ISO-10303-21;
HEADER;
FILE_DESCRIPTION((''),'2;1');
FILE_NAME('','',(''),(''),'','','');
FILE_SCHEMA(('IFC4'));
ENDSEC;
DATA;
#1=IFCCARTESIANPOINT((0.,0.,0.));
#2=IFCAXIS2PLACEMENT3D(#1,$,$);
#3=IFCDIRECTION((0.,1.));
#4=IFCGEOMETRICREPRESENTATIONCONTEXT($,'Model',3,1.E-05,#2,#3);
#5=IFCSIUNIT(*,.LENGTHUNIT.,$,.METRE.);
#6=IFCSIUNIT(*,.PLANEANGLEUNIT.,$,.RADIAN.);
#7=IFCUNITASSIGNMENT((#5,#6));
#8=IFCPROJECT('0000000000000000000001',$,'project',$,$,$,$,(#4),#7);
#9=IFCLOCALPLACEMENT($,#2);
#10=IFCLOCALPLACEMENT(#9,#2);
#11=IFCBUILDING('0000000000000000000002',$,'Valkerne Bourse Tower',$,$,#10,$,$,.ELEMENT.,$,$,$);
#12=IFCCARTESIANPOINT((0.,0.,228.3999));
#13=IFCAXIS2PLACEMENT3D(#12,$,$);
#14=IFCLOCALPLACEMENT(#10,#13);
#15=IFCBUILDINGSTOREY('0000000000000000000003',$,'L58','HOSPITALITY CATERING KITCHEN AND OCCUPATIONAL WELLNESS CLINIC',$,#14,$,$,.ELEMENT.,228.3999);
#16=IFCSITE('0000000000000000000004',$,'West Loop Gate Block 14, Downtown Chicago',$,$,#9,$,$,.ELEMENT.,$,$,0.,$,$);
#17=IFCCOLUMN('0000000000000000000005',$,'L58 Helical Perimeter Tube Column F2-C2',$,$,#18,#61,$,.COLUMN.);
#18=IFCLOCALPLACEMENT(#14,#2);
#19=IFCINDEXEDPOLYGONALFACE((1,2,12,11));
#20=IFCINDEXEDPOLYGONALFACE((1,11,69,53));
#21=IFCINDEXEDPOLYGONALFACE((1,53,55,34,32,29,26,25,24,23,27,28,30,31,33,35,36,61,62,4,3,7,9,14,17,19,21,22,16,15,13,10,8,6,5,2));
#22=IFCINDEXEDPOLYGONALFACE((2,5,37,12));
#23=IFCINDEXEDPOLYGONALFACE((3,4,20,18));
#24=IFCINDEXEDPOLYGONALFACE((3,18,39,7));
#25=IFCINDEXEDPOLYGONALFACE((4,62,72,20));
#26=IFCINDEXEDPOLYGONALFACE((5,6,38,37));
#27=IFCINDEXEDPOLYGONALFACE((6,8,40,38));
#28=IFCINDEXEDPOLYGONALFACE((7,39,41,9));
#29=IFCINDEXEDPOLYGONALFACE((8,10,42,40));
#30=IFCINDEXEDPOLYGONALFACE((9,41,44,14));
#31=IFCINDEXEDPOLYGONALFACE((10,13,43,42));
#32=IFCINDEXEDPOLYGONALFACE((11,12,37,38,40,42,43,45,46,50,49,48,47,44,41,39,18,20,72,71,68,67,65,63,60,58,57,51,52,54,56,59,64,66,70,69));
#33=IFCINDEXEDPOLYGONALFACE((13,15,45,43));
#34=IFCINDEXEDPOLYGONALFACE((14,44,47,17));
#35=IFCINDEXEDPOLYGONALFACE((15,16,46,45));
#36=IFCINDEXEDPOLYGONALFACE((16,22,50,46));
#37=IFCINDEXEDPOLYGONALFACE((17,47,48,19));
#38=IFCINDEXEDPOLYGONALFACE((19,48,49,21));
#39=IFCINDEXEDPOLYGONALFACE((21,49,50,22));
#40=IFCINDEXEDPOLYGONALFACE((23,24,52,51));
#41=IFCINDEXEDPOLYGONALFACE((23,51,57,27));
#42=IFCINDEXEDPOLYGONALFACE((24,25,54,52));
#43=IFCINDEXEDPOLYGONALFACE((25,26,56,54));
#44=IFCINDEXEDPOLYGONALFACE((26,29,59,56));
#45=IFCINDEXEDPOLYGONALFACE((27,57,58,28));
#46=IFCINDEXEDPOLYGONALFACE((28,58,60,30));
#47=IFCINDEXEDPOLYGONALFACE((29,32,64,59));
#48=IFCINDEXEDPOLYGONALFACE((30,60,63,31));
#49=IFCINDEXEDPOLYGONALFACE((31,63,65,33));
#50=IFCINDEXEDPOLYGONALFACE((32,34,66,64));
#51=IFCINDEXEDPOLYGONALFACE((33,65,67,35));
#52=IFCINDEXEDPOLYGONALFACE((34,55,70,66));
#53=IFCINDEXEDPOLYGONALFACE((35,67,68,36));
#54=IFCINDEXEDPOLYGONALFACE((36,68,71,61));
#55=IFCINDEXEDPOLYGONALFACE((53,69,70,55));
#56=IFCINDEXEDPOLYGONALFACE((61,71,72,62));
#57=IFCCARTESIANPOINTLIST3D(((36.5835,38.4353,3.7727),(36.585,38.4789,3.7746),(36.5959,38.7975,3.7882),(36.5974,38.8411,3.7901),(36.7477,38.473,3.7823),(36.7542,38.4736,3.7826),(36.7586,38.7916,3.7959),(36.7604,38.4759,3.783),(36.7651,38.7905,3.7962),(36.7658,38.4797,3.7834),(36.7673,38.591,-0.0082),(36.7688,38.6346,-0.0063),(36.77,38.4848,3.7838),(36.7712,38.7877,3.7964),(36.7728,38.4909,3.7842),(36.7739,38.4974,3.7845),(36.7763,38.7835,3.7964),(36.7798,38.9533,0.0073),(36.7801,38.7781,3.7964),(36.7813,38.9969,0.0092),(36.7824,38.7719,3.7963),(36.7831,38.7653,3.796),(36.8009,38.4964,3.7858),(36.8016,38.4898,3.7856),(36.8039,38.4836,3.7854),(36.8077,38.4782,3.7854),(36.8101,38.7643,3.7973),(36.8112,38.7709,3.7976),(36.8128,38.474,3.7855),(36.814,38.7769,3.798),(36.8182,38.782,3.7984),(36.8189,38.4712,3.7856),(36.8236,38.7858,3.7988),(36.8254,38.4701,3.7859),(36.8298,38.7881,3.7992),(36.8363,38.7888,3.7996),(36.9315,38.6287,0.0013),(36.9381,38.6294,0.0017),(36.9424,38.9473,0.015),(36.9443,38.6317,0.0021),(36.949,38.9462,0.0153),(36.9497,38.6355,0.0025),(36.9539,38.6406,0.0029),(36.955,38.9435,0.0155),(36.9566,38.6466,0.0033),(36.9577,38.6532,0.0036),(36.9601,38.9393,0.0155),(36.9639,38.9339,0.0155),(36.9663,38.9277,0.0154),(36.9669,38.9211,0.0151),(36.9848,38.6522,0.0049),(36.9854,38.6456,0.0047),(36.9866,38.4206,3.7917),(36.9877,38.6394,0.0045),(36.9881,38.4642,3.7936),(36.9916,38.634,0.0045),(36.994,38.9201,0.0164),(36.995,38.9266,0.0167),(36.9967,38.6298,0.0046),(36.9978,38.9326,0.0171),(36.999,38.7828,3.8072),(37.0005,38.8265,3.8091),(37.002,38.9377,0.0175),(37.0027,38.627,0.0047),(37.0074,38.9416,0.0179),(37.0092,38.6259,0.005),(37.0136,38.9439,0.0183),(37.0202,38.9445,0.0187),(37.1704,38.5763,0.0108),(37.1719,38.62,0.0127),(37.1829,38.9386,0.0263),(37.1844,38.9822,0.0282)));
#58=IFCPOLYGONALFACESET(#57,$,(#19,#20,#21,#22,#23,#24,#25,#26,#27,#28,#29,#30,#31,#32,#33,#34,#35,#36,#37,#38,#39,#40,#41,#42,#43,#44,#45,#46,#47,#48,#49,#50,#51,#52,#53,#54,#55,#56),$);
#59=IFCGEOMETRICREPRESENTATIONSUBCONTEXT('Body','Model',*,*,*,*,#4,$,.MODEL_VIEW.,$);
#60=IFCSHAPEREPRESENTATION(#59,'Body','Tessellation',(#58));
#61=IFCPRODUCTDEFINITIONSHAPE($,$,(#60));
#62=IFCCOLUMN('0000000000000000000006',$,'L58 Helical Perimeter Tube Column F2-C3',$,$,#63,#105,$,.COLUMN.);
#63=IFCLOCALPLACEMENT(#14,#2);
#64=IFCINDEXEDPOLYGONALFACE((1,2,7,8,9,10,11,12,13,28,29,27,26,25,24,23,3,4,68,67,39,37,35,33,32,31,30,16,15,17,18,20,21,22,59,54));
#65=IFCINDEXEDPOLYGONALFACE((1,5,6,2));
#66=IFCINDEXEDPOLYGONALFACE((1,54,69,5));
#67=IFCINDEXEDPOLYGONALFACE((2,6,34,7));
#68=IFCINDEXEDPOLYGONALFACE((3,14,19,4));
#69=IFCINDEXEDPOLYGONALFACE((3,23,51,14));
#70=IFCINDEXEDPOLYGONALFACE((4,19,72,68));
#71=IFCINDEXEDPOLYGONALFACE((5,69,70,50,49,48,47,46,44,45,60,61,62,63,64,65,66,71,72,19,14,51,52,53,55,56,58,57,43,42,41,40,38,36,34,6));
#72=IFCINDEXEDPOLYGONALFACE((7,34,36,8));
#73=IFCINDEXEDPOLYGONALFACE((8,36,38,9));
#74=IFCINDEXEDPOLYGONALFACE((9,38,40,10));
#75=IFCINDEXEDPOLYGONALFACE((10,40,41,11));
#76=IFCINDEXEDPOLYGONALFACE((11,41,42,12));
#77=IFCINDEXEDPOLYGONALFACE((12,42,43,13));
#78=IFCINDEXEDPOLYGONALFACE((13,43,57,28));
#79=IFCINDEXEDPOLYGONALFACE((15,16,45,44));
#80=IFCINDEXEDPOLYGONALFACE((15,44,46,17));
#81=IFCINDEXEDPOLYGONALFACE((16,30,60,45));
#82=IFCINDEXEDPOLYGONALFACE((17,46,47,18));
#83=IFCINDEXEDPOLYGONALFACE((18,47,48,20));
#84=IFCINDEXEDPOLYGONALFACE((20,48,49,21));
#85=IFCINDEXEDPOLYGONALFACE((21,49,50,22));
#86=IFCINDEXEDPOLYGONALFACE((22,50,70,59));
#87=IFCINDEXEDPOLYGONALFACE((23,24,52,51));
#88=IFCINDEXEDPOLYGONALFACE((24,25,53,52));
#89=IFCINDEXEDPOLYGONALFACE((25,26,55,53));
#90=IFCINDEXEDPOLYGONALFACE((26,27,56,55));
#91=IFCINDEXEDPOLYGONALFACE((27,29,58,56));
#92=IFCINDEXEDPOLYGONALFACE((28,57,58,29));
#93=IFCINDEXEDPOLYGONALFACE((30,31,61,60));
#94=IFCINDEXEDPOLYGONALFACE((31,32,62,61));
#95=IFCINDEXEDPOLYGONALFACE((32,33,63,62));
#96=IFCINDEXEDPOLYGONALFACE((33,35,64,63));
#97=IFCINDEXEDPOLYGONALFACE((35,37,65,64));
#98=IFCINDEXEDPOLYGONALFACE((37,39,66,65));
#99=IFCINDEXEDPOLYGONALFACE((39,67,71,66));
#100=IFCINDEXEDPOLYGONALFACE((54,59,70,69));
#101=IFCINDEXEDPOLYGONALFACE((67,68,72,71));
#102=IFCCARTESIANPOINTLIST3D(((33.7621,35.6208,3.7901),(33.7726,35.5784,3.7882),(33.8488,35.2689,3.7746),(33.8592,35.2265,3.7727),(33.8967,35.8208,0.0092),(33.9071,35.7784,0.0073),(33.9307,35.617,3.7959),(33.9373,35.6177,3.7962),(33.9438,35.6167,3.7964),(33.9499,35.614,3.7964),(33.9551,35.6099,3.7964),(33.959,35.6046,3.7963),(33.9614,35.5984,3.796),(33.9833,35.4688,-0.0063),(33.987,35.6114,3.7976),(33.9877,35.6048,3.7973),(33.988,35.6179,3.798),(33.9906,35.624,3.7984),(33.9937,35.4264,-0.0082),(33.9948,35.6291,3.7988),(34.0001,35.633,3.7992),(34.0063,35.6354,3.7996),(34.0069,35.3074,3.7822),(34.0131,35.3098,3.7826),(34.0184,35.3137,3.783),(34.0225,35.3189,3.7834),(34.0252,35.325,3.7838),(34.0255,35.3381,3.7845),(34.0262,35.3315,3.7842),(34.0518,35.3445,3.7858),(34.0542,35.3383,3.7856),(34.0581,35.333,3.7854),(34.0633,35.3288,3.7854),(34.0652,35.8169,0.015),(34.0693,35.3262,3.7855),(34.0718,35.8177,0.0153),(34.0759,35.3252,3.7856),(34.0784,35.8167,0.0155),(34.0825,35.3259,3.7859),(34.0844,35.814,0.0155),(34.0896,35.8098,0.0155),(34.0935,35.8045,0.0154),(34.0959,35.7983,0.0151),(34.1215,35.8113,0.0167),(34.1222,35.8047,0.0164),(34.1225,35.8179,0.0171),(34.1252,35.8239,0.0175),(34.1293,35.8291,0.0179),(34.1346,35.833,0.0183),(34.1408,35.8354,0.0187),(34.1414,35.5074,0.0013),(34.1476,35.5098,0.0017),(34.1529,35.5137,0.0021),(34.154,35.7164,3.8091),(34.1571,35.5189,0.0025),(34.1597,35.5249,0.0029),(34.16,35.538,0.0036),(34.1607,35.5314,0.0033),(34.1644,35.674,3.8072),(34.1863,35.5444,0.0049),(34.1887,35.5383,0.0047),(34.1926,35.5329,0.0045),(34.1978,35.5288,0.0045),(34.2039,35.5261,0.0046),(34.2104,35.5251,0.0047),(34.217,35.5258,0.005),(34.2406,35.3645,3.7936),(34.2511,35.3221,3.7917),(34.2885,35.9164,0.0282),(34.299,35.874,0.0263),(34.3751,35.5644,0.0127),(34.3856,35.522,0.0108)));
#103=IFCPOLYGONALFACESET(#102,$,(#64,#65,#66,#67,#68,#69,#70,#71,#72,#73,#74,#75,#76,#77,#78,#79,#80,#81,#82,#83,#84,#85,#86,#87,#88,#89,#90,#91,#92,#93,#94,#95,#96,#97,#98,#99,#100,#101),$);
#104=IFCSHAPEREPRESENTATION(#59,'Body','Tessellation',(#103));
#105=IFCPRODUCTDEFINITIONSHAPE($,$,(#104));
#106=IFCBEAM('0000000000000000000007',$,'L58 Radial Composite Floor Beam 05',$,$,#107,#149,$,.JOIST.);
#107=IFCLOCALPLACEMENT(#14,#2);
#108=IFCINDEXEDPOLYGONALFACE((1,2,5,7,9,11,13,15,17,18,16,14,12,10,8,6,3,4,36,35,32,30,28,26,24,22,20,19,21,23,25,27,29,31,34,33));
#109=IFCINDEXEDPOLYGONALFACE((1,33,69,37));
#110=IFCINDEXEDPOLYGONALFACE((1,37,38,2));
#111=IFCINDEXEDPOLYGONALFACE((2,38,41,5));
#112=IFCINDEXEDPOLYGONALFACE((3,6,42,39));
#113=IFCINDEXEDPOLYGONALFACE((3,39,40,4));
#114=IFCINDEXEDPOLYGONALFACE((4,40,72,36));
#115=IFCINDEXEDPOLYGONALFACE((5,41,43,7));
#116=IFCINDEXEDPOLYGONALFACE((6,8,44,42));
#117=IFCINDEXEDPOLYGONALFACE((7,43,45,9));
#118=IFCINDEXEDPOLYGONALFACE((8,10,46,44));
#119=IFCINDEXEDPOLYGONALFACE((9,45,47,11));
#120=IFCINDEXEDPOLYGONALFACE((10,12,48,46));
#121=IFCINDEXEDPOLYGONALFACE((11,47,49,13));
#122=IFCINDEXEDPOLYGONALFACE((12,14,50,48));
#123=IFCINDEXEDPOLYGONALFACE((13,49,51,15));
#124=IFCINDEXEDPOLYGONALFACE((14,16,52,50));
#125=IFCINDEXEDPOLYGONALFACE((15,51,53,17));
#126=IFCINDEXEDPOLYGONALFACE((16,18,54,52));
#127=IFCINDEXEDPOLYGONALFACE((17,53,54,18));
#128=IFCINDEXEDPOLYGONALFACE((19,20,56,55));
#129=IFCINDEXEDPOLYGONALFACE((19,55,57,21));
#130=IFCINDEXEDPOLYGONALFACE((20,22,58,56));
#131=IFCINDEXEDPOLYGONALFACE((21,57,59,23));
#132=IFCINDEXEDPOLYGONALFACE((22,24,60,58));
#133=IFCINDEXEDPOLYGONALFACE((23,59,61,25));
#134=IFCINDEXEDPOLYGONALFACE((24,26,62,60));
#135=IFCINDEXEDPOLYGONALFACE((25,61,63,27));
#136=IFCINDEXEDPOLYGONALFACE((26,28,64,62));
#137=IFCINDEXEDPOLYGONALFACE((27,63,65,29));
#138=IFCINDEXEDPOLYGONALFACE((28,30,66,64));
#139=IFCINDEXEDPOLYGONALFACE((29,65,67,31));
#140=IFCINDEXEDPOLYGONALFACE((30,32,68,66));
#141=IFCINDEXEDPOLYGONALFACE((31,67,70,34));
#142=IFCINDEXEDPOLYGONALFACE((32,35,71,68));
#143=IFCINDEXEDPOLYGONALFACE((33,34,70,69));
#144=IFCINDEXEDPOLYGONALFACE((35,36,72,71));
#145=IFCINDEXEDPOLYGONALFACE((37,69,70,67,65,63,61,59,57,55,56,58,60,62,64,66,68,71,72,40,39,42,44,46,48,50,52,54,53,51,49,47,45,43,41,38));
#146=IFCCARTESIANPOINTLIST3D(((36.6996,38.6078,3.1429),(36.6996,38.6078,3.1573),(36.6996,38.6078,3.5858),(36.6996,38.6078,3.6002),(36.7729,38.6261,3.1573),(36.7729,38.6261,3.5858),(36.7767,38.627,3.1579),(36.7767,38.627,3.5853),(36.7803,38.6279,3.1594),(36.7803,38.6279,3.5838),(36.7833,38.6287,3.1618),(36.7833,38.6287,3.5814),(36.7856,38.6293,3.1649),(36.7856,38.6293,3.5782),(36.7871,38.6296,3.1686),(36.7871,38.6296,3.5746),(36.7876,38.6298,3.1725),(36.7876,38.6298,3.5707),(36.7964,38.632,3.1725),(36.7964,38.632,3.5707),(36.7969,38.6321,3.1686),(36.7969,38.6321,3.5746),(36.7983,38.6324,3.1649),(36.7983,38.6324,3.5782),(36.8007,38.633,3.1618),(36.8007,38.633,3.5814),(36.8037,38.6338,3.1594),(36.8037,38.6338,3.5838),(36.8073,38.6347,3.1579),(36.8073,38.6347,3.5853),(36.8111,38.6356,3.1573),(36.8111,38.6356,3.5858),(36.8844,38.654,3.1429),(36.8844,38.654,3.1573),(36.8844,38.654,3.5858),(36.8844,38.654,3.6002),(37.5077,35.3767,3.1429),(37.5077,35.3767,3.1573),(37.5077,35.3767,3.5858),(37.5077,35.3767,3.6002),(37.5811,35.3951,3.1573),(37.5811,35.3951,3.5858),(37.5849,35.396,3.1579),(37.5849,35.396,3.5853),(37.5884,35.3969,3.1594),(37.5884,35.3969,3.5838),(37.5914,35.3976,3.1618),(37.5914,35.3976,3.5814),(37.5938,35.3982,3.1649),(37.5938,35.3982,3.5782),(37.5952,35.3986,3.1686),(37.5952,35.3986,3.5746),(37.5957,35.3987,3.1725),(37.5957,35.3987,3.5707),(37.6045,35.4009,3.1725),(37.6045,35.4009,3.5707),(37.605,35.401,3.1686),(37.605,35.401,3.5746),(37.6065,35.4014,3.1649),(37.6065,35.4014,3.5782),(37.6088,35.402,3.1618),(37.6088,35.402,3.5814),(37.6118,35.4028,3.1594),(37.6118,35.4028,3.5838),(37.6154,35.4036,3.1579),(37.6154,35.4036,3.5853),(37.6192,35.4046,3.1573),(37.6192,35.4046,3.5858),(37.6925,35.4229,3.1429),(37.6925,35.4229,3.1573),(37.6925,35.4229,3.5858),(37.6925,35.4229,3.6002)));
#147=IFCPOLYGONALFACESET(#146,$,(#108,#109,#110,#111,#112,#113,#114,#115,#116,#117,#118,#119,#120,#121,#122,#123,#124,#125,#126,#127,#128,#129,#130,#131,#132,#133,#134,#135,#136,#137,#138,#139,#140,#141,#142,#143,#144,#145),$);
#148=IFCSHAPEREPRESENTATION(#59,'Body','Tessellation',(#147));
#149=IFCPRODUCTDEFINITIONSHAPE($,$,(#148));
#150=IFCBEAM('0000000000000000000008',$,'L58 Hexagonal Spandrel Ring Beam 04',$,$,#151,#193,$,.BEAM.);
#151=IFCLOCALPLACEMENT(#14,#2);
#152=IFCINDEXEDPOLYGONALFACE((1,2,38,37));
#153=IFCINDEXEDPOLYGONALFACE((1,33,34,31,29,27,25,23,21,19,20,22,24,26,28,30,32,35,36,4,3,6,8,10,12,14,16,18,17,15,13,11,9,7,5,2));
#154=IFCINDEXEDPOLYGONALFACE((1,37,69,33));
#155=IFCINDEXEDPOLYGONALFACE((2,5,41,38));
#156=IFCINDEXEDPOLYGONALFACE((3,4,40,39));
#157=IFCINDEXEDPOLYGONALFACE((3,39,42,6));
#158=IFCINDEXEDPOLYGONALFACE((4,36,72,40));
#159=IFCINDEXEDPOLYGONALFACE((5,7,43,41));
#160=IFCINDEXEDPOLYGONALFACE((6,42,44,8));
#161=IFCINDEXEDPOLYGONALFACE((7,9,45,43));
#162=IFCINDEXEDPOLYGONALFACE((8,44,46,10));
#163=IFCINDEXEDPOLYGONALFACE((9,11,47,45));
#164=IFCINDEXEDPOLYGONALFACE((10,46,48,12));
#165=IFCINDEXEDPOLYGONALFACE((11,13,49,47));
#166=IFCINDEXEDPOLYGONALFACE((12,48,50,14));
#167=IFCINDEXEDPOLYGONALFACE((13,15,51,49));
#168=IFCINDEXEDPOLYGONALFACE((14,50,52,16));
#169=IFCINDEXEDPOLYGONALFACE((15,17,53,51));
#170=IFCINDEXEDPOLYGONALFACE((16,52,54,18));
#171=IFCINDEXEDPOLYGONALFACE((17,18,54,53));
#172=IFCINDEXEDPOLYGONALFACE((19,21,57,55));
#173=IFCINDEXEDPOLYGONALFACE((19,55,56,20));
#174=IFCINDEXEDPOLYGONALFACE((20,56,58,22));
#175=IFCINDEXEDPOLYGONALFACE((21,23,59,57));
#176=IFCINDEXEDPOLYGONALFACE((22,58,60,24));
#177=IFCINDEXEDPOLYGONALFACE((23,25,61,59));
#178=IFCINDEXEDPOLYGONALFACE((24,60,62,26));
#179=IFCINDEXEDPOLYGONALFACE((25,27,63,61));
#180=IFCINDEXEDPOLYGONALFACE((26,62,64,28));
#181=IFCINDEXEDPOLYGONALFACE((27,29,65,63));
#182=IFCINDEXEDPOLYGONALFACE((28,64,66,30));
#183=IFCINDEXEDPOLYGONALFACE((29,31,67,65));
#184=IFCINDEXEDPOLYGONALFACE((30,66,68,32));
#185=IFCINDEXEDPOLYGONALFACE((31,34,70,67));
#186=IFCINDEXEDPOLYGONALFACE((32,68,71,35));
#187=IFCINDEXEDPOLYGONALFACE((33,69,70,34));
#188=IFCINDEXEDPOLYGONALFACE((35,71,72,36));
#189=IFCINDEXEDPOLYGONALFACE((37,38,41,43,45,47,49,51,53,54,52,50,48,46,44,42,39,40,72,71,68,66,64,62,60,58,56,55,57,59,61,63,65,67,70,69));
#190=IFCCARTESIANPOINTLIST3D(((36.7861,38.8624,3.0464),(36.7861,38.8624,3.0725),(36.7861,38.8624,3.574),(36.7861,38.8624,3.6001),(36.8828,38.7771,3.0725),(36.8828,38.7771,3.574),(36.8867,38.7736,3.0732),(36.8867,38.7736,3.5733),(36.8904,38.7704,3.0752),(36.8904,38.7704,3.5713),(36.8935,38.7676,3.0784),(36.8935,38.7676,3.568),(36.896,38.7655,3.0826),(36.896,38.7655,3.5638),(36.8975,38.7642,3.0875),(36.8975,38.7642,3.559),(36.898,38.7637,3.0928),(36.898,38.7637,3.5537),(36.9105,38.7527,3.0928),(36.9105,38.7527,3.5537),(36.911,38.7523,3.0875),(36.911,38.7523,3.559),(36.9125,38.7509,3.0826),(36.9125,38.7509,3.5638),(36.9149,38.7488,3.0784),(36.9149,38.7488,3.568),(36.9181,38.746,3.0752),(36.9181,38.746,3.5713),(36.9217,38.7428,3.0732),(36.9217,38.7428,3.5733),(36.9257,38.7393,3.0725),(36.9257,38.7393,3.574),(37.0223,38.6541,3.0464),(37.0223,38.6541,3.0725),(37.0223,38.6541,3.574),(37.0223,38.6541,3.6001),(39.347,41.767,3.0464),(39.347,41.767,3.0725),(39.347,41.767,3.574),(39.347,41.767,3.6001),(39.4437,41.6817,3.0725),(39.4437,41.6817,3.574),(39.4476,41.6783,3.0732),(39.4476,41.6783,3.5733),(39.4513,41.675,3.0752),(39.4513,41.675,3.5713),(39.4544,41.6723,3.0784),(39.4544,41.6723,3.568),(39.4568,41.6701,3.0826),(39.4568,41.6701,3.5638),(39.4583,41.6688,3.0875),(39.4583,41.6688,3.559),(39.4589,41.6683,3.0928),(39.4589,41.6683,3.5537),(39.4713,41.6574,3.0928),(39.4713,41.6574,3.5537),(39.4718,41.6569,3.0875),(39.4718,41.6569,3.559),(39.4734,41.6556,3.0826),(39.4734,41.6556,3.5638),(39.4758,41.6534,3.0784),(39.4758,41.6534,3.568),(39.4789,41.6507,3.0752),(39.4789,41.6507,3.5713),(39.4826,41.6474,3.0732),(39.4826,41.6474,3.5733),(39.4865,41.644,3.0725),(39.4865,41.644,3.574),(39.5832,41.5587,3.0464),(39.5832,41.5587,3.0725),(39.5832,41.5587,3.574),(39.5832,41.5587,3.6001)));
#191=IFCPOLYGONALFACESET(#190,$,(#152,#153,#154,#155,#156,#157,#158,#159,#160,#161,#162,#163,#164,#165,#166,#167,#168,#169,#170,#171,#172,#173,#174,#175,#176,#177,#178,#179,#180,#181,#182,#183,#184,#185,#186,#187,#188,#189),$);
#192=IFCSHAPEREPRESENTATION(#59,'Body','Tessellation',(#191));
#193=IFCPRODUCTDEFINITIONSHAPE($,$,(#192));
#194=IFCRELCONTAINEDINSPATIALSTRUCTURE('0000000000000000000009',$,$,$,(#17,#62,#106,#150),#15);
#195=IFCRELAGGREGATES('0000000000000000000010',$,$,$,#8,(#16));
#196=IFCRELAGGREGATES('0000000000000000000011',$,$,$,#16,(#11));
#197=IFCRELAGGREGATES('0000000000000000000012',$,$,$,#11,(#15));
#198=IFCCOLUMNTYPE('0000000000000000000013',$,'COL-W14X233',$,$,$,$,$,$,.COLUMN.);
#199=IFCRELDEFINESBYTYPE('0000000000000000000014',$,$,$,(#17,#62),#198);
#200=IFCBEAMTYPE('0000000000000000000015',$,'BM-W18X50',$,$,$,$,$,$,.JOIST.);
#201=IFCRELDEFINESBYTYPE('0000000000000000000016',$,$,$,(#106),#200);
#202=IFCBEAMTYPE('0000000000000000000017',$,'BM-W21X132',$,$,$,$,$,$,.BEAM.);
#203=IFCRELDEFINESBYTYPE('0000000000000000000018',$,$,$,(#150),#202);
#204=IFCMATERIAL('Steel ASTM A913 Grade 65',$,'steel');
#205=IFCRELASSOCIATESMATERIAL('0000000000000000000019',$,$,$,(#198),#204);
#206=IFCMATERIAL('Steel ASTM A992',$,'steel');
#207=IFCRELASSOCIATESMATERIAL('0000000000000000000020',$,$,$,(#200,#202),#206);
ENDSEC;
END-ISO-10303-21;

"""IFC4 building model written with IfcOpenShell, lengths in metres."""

from ifc_helpers import new_model, si_unit, direction, frame, origin, origin_2d, place, context, subcontext, project, spatial, i_section, extrude, material, material_profile, profile_set, type_object, element, save


model = new_model("IFC4")

# Units and contexts
model_context = context("Model", 3, precision=1e-05, world=origin(), true_north=direction((0.0, 1.0)))
body_context = subcontext(model_context, "Body", "Model", "MODEL_VIEW")
ifc_project = project(units=[si_unit("LENGTHUNIT", "METRE"), si_unit("PLANEANGLEUNIT", "RADIAN")], contexts=[model_context])

# Site, building, storey
site_placement = place(None, origin())
site = spatial("IfcSite", under=ifc_project, at=site_placement, Name="West Loop Gate Block 14, Downtown Chicago", CompositionType="ELEMENT", RefElevation=0.0)
building_placement = place(site_placement, origin())
building = spatial("IfcBuilding", under=site, at=building_placement, Name="Valkerne Bourse Tower", CompositionType="ELEMENT")
storey_placement = place(building_placement, frame((0.0, 0.0, 228.3999)))
storey = spatial("IfcBuildingStorey", under=building, at=storey_placement, Name="L58", Description="HOSPITALITY CATERING KITCHEN AND OCCUPATIONAL WELLNESS CLINIC", CompositionType="ELEMENT", Elevation=228.3999)

# Columns
ifc_material_1 = material(Name="Steel ASTM A913 Grade 65", Category="steel")
ifc_material_profile_1 = material_profile(ifc_material_1, i_section(OverallWidth=0.4038, OverallDepth=0.4065, WebThickness=0.0271, FlangeThickness=0.0437, FilletRadius=0.0254, at=origin_2d()), Name="W14X233")
ifc_profile_set_1 = profile_set([ifc_material_profile_1], Name="Steel ASTM A913 Grade 65")
column_type = type_object("IfcColumnType", Name="COL-W14X233", PredefinedType="COLUMN", material=ifc_profile_set_1)
for number, where, z_axis, x_axis, name in (
    (1, (36.9758, 38.7866, 0.01), (-0.048523, -0.041112, 0.997976), (-0.998232, 0.036323, -0.047039), "L58 Helical Perimeter Tube Column F2-C2"),
    (2, (34.1411, 35.6714, 0.01), (-0.035506, -0.052776, 0.997975), (-0.970429, -0.236756, -0.047047), "L58 Helical Perimeter Tube Column F2-C3"),
):
    element("IfcColumn", number, at=place(storey_placement, frame(where, z_axis=z_axis, x_axis=x_axis)), inside=storey, type_object=column_type, Name=name, PredefinedType="COLUMN", context=body_context, shape_type="SweptSolid", body=[
        extrude(i_section(OverallWidth=0.4038, OverallDepth=0.4065, WebThickness=0.0271, FlangeThickness=0.0437, FilletRadius=0.0254, at=origin_2d()), origin(), (0.0, 0.0, 1.0), 3.7886),
    ])

# Beams
ifc_material_2 = material(Name="Steel ASTM A992", Category="steel")
ifc_material_profile_2 = material_profile(ifc_material_2, i_section(OverallWidth=0.1904, OverallDepth=0.4573, WebThickness=0.009, FlangeThickness=0.0144, FilletRadius=0.0151, at=origin_2d()), Name="W18X50")
ifc_profile_set_2 = profile_set([ifc_material_profile_2], Name="Steel ASTM A992")
beam_type_1 = type_object("IfcBeamType", Name="BM-W18X50", PredefinedType="JOIST", material=ifc_profile_set_2)
beam_1_placement = place(storey_placement, frame((36.792, 38.6309, 3.3716), z_axis=(0.242639, -0.970117, 0.0), x_axis=(0.970117, 0.242639, 0.0)))
element("IfcBeam", 3, at=beam_1_placement, inside=storey, type_object=beam_type_1, Name="L58 Radial Composite Floor Beam 05", PredefinedType="JOIST", context=body_context, shape_type="SweptSolid", body=[
    extrude(i_section(OverallWidth=0.1904, OverallDepth=0.4573, WebThickness=0.009, FlangeThickness=0.0144, FilletRadius=0.0151, at=origin_2d()), origin(), (0.0, 0.0, 1.0), 3.3306),
])
ifc_material_profile_3 = material_profile(ifc_material_2, i_section(OverallWidth=0.3149, OverallDepth=0.5537, WebThickness=0.0166, FlangeThickness=0.0261, FilletRadius=0.0203, at=origin_2d()), Name="W21X132")
ifc_profile_set_3 = profile_set([ifc_material_profile_3], Name="Steel ASTM A992")
beam_type_2 = type_object("IfcBeamType", Name="BM-W21X132", PredefinedType="BEAM", material=ifc_profile_set_3)
for number, where, z_axis, x_axis, name in (
    (4, (39.4651, 41.6628, 3.3232), (-0.661325, -0.750099, 0.0), (0.750099, -0.661325, 0.0), "L58 Hexagonal Spandrel Ring Beam 04"),
):
    element("IfcBeam", number, at=place(storey_placement, frame(where, z_axis=z_axis, x_axis=x_axis)), inside=storey, type_object=beam_type_2, Name=name, PredefinedType="BEAM", context=body_context, shape_type="SweptSolid", body=[
        extrude(i_section(OverallWidth=0.3149, OverallDepth=0.5537, WebThickness=0.0166, FlangeThickness=0.0261, FilletRadius=0.0203, at=origin_2d()), origin(), (0.0, 0.0, 1.0), 3.8723),
    ])

save(model, "model.ifc")
